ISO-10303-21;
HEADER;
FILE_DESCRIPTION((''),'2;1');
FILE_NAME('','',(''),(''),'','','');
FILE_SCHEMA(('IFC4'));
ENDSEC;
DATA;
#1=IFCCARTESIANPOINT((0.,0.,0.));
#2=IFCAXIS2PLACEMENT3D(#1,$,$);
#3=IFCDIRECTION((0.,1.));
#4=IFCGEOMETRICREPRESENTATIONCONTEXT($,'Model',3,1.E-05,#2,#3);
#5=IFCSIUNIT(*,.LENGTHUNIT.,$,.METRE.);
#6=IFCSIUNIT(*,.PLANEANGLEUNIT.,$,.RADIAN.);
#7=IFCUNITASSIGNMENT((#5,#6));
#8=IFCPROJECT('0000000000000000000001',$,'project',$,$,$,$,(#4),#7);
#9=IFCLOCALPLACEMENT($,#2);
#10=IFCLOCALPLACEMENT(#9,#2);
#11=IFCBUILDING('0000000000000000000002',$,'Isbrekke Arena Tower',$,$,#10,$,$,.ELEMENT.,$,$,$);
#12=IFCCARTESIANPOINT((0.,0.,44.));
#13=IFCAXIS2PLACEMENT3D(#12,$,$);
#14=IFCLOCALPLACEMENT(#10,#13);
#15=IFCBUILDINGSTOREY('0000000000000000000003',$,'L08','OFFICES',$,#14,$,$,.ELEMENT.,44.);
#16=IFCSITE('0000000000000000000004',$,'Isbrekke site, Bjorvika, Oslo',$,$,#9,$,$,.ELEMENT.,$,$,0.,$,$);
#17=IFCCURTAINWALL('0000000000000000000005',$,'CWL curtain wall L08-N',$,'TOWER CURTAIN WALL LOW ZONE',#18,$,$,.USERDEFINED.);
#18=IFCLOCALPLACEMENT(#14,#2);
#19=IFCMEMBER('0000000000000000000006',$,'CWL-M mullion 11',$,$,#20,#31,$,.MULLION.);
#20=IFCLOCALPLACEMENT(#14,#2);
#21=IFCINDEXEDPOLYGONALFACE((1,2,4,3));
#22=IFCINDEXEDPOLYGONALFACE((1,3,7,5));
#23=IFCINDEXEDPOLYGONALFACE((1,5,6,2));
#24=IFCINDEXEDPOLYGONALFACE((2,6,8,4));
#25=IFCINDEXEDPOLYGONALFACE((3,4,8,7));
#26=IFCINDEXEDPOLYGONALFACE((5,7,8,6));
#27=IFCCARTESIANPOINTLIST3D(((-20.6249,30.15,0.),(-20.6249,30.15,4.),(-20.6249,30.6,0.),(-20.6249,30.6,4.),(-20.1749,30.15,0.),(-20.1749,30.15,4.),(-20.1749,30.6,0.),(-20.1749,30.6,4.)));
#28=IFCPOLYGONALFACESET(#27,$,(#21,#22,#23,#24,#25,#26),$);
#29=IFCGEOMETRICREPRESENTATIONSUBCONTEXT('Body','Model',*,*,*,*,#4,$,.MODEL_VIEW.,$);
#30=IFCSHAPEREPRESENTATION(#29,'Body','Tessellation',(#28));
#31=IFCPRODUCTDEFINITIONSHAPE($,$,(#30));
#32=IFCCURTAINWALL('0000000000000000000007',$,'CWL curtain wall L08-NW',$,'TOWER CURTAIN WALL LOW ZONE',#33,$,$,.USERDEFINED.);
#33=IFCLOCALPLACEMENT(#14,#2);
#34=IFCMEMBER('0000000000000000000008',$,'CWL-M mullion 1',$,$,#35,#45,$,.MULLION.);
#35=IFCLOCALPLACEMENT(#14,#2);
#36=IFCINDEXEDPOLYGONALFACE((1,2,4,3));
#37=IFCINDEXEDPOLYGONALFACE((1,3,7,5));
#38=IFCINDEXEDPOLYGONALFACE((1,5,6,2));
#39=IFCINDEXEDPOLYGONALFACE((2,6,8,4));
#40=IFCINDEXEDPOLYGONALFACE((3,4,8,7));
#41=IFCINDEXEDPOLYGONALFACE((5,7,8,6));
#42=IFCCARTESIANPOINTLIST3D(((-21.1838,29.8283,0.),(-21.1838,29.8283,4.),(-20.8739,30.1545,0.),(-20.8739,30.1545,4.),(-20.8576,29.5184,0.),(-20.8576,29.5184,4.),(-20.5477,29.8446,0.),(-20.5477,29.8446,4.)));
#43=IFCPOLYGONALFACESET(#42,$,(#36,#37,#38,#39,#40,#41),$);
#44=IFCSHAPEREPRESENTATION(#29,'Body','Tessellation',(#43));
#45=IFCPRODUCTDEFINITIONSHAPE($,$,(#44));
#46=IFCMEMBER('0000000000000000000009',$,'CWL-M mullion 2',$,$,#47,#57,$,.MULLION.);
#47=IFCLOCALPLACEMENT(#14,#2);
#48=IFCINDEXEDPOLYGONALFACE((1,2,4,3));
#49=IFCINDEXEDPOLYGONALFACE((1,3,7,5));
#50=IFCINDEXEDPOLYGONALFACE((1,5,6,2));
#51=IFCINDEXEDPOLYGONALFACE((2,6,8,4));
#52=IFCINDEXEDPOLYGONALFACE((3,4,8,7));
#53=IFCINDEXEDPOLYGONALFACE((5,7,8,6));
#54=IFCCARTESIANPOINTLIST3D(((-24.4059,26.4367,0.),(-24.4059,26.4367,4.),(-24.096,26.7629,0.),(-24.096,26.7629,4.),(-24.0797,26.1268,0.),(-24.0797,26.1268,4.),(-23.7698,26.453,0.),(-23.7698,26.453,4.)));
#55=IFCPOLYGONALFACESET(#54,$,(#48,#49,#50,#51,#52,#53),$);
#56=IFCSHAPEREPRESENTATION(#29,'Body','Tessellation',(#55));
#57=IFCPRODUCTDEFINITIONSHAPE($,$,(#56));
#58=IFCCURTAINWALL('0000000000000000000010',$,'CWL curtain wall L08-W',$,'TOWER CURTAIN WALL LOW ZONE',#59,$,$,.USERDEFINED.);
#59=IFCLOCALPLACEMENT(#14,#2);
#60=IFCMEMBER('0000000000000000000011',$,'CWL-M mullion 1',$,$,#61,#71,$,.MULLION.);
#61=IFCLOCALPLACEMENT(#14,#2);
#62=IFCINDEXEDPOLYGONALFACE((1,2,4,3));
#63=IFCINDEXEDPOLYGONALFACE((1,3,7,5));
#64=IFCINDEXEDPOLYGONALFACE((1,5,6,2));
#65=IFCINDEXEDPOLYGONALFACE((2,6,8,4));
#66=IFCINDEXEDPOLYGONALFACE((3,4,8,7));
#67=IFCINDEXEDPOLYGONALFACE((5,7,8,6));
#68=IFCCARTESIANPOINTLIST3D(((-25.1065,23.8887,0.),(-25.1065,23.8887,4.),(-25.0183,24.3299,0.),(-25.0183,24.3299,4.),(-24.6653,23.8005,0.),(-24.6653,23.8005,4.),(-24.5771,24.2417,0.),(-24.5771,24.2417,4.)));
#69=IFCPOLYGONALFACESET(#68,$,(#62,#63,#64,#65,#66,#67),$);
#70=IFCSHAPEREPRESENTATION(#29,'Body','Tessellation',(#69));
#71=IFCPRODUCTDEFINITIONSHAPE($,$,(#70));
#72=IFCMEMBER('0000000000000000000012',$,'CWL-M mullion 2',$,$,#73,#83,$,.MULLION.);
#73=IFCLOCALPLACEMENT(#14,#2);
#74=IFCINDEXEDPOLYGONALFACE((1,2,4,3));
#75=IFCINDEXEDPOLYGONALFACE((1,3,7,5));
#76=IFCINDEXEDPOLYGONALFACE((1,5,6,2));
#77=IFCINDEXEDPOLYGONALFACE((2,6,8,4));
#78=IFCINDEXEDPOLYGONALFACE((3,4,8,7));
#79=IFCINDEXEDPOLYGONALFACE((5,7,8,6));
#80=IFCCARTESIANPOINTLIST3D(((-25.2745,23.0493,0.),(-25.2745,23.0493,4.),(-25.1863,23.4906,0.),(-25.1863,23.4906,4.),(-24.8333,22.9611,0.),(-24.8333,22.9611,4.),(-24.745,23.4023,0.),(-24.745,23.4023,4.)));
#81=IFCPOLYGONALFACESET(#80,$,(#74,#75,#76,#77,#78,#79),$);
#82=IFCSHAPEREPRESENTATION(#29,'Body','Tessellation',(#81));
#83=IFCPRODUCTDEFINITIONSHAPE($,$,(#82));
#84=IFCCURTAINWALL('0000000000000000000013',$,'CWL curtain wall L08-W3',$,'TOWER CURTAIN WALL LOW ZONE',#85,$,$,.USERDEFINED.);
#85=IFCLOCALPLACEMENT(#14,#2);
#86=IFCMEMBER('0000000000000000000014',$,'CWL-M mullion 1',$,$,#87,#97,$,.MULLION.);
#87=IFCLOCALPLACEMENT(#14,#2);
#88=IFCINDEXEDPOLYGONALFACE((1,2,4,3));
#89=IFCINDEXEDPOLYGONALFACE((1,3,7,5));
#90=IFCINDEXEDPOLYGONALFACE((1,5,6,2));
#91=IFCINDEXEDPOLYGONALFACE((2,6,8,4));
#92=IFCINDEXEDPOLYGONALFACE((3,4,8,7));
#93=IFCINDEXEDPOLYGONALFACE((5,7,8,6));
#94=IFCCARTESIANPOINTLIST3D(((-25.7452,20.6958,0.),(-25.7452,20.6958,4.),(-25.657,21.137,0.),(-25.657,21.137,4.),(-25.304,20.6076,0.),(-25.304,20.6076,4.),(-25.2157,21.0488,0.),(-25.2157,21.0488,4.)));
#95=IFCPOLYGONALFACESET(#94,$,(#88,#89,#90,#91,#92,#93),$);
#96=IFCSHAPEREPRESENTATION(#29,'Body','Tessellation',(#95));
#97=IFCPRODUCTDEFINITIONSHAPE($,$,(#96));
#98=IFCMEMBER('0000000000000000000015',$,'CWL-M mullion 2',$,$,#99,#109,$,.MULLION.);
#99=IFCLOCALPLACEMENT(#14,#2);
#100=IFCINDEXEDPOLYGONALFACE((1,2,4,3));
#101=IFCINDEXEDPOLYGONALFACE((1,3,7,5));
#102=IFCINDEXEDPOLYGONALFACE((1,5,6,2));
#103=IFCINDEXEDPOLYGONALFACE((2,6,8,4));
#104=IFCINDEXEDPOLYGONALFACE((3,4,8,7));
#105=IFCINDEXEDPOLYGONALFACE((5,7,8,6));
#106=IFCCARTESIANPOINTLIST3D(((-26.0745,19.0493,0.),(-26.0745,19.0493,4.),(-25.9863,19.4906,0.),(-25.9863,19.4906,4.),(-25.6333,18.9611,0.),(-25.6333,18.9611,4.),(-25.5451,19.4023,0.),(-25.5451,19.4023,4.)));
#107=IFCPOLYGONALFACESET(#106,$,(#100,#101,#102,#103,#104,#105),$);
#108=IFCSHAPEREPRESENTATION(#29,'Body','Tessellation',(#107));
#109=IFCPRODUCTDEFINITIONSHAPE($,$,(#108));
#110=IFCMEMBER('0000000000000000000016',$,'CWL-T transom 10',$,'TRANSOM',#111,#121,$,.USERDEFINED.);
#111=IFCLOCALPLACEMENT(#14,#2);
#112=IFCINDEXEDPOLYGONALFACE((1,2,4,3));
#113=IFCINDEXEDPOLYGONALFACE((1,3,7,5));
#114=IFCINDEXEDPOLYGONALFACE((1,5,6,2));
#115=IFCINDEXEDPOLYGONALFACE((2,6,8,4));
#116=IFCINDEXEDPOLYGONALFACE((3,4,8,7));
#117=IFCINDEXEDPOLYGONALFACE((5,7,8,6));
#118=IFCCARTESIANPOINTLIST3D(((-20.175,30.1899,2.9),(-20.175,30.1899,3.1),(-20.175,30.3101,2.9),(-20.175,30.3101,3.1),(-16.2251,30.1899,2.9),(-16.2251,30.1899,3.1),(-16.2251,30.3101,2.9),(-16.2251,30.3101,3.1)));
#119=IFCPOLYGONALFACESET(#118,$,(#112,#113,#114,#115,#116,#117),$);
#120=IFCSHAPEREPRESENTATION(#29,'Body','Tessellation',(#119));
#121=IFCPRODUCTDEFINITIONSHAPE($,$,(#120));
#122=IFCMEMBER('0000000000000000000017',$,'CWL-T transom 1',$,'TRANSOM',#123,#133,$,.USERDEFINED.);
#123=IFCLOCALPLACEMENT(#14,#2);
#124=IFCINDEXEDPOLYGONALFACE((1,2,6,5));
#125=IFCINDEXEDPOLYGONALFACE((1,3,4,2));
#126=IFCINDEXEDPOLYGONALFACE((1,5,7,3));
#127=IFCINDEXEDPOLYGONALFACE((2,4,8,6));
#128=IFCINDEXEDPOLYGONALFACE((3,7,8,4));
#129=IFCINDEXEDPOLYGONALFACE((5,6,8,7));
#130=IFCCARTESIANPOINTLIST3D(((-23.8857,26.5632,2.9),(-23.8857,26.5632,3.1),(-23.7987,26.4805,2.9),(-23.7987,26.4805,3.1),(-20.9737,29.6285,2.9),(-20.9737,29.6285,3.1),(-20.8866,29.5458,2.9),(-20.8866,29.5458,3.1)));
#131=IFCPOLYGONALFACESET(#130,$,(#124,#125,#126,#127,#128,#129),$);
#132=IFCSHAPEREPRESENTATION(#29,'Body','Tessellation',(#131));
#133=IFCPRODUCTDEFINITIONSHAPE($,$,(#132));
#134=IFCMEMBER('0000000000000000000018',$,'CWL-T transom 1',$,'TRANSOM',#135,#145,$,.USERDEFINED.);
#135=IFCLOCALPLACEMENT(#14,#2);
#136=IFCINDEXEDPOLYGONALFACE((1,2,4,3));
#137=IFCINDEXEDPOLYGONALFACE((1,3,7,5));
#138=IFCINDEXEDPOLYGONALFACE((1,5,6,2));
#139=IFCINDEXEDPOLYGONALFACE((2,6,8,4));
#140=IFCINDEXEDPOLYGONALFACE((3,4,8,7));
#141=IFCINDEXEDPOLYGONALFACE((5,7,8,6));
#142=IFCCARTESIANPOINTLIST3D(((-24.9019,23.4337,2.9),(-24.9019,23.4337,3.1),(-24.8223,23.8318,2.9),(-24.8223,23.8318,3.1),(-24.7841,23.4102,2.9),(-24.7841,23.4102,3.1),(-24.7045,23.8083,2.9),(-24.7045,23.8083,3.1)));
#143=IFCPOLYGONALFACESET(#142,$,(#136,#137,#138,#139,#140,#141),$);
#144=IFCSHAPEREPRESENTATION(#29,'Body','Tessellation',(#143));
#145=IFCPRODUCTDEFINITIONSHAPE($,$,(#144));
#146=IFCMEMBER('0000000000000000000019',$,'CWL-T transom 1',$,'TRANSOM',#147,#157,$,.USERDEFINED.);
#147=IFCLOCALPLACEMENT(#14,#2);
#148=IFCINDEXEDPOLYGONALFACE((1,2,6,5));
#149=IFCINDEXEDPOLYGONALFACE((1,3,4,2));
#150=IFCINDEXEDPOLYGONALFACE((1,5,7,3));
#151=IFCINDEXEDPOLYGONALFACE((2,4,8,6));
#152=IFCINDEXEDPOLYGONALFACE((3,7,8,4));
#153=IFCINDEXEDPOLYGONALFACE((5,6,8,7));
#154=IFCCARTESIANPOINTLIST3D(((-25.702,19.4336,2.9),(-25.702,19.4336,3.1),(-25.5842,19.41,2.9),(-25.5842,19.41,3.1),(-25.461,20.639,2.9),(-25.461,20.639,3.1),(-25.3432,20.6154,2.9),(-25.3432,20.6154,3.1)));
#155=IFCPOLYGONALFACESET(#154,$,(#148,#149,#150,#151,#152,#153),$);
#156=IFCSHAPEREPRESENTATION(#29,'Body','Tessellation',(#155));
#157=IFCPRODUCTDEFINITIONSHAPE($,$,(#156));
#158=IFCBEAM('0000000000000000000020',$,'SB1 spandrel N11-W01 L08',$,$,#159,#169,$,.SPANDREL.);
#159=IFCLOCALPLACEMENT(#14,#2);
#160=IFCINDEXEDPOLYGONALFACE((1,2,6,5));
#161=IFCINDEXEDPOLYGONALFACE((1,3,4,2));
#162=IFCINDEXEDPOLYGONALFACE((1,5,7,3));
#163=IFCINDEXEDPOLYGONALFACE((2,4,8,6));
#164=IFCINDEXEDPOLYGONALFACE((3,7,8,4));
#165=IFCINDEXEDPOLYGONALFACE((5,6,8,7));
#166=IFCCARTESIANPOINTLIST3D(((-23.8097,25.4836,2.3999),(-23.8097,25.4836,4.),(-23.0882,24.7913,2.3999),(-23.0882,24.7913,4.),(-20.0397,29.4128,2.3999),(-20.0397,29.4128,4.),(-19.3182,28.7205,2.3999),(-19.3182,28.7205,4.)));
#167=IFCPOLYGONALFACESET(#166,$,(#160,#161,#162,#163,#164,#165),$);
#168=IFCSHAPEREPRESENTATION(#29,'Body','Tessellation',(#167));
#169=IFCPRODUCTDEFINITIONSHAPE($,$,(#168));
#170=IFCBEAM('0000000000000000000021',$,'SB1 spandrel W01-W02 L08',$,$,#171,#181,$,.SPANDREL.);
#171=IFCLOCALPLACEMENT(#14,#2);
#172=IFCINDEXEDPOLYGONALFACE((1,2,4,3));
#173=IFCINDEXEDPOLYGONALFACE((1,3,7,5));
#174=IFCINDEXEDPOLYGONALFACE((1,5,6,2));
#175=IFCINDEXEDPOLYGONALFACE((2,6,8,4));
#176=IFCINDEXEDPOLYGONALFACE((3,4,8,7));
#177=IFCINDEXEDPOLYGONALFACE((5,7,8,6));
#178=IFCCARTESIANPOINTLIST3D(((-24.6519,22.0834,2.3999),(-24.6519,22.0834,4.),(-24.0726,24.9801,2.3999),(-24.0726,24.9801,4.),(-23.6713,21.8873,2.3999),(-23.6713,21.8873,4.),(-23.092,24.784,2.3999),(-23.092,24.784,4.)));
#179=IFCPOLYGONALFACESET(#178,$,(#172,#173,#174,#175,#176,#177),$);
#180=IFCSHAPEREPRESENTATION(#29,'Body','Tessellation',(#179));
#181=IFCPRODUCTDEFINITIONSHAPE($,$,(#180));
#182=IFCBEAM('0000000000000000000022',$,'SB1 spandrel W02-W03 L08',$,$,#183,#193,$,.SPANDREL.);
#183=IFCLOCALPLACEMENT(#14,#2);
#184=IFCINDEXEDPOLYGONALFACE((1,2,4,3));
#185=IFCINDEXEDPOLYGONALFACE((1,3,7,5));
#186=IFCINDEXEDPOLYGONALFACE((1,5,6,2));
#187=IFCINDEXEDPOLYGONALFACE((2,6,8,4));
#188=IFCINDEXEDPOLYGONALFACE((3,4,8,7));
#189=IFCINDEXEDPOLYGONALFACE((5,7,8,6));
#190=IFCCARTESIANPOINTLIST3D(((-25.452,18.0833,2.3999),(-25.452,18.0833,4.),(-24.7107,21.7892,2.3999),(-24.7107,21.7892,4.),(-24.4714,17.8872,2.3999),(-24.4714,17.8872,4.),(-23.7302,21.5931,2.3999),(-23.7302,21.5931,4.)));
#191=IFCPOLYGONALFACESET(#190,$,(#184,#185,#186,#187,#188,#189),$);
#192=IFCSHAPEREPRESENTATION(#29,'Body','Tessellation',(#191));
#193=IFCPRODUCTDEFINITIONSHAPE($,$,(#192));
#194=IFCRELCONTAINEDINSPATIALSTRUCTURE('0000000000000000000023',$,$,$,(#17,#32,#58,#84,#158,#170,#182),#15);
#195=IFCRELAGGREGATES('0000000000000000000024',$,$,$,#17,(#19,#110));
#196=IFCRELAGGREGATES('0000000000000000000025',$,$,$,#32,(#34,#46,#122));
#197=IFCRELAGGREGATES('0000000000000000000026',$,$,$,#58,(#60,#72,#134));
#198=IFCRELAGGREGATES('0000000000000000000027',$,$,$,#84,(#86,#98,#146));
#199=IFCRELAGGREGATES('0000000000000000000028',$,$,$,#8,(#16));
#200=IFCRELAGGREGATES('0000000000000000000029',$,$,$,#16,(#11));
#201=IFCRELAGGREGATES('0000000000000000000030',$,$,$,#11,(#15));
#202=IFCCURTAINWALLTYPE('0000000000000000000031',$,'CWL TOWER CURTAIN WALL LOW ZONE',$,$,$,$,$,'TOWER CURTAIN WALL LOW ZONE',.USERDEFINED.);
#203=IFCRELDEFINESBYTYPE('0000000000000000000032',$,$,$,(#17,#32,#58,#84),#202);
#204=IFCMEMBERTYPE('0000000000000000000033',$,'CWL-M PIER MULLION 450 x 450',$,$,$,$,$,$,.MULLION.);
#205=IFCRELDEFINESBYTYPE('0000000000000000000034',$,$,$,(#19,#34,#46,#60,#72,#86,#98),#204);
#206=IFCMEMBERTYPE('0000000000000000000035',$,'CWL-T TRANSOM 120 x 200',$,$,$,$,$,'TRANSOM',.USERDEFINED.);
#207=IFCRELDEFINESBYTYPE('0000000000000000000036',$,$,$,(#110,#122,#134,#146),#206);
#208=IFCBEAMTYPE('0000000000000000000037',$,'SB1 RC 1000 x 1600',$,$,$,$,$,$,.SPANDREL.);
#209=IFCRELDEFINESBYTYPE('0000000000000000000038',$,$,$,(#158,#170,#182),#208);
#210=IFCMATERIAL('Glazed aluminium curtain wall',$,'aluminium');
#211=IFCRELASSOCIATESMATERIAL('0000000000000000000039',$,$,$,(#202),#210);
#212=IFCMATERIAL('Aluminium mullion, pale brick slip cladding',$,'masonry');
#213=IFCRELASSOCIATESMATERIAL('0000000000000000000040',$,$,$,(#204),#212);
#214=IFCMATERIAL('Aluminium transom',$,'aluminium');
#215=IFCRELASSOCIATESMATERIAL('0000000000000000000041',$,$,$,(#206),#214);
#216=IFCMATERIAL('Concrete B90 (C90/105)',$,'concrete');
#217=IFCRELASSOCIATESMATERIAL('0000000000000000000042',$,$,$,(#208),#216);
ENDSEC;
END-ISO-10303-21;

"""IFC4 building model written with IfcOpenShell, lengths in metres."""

from ifc_helpers import new_model, si_unit, direction, frame, origin, origin_2d, place, context, subcontext, project, spatial, rectangle, extrude, material, material_profile, profile_set, type_object, element, aggregate, save


model = new_model("IFC4")

# Units and contexts
model_context = context("Model", 3, precision=1e-05, world=origin(), true_north=direction((0.0, 1.0)))
body_context = subcontext(model_context, "Body", "Model", "MODEL_VIEW")
ifc_project = project(units=[si_unit("LENGTHUNIT", "METRE"), si_unit("PLANEANGLEUNIT", "RADIAN")], contexts=[model_context])

# Site, building, storey
site_placement = place(None, origin())
site = spatial("IfcSite", under=ifc_project, at=site_placement, Name="Isbrekke site, Bjorvika, Oslo", CompositionType="ELEMENT", RefElevation=0.0)
building_placement = place(site_placement, origin())
building = spatial("IfcBuilding", under=site, at=building_placement, Name="Isbrekke Arena Tower", CompositionType="ELEMENT")
storey_placement = place(building_placement, frame((0.0, 0.0, 44.0)))
storey = spatial("IfcBuildingStorey", under=building, at=storey_placement, Name="L08", Description="OFFICES", CompositionType="ELEMENT", Elevation=44.0)

# Curtain wall, member
ifc_material_1 = material(Name="Glazed aluminium curtain wall", Category="aluminium")
curtain_wall_type = type_object("IfcCurtainWallType", Name="CWL TOWER CURTAIN WALL LOW ZONE", ElementType="TOWER CURTAIN WALL LOW ZONE", PredefinedType="USERDEFINED", material=ifc_material_1)
curtain_wall_1_placement = place(storey_placement, origin())
curtain_wall_1 = element("IfcCurtainWall", 1, at=curtain_wall_1_placement, inside=storey, type_object=curtain_wall_type, Name="CWL curtain wall L08-N", ObjectType="TOWER CURTAIN WALL LOW ZONE", PredefinedType="USERDEFINED")
ifc_material_2 = material(Name="Aluminium mullion, pale brick slip cladding", Category="masonry")
ifc_material_profile_1 = material_profile(ifc_material_2, rectangle(XDim=0.45, YDim=0.45, at=origin_2d()), Name="PIER 450X450")
ifc_profile_set_1 = profile_set([ifc_material_profile_1], Name="Aluminium mullion, pale brick slip cladding")
member_type_1 = type_object("IfcMemberType", Name="CWL-M PIER MULLION 450 x 450", PredefinedType="MULLION", material=ifc_profile_set_1)
member_1_placement = place(storey_placement, frame((-20.3999, 30.375, 0.0), z_axis=(0.0, 0.0, 1.0), x_axis=(-1.0, 0.0, 0.0)))
member_1 = element("IfcMember", 2, at=member_1_placement, type_object=member_type_1, Name="CWL-M mullion 11", PredefinedType="MULLION", context=body_context, shape_type="SweptSolid", body=[
    extrude(rectangle(XDim=0.45, YDim=0.45, at=origin_2d()), origin(), (0.0, 0.0, 1.0), 4.0),
])

# Curtain walls, members
curtain_wall_2_placement = place(storey_placement, origin())
curtain_wall_2 = element("IfcCurtainWall", 3, at=curtain_wall_2_placement, inside=storey, type_object=curtain_wall_type, Name="CWL curtain wall L08-NW", ObjectType="TOWER CURTAIN WALL LOW ZONE", PredefinedType="USERDEFINED")
member_2_placement = place(storey_placement, frame((-20.8657, 29.8364, 0.0), z_axis=(0.0, 0.0, 1.0), x_axis=(-0.688749, -0.724999, 0.0)))
member_2 = element("IfcMember", 4, at=member_2_placement, type_object=member_type_1, Name="CWL-M mullion 1", PredefinedType="MULLION", context=body_context, shape_type="SweptSolid", body=[
    extrude(rectangle(XDim=0.45, YDim=0.45, at=origin_2d()), origin(), (0.0, 0.0, 1.0), 4.0),
])
member_3_placement = place(storey_placement, frame((-24.0879, 26.4448, 0.0), z_axis=(0.0, 0.0, 1.0), x_axis=(-0.688749, -0.724999, 0.0)))
member_3 = element("IfcMember", 5, at=member_3_placement, type_object=member_type_1, Name="CWL-M mullion 2", PredefinedType="MULLION", context=body_context, shape_type="SweptSolid", body=[
    extrude(rectangle(XDim=0.45, YDim=0.45, at=origin_2d()), origin(), (0.0, 0.0, 1.0), 4.0),
])
curtain_wall_3_placement = place(storey_placement, origin())
curtain_wall_3 = element("IfcCurtainWall", 6, at=curtain_wall_3_placement, inside=storey, type_object=curtain_wall_type, Name="CWL curtain wall L08-W", ObjectType="TOWER CURTAIN WALL LOW ZONE", PredefinedType="USERDEFINED")
member_4_placement = place(storey_placement, frame((-24.8418, 24.0652, 0.0), z_axis=(0.0, 0.0, 1.0), x_axis=(-0.196116, -0.980581, 0.0)))
member_4 = element("IfcMember", 7, at=member_4_placement, type_object=member_type_1, Name="CWL-M mullion 1", PredefinedType="MULLION", context=body_context, shape_type="SweptSolid", body=[
    extrude(rectangle(XDim=0.45, YDim=0.45, at=origin_2d()), origin(), (0.0, 0.0, 1.0), 4.0),
])
member_5_placement = place(storey_placement, frame((-25.0098, 23.2258, 0.0), z_axis=(0.0, 0.0, 1.0), x_axis=(-0.196116, -0.980581, 0.0)))
member_5 = element("IfcMember", 8, at=member_5_placement, type_object=member_type_1, Name="CWL-M mullion 2", PredefinedType="MULLION", context=body_context, shape_type="SweptSolid", body=[
    extrude(rectangle(XDim=0.45, YDim=0.45, at=origin_2d()), origin(), (0.0, 0.0, 1.0), 4.0),
])
curtain_wall_4_placement = place(storey_placement, origin())
curtain_wall_4 = element("IfcCurtainWall", 9, at=curtain_wall_4_placement, inside=storey, type_object=curtain_wall_type, Name="CWL curtain wall L08-W3", ObjectType="TOWER CURTAIN WALL LOW ZONE", PredefinedType="USERDEFINED")
member_6_placement = place(storey_placement, frame((-25.4805, 20.8723, 0.0), z_axis=(0.0, 0.0, 1.0), x_axis=(-0.196116, -0.980581, 0.0)))
member_6 = element("IfcMember", 10, at=member_6_placement, type_object=member_type_1, Name="CWL-M mullion 1", PredefinedType="MULLION", context=body_context, shape_type="SweptSolid", body=[
    extrude(rectangle(XDim=0.45, YDim=0.45, at=origin_2d()), origin(), (0.0, 0.0, 1.0), 4.0),
])
member_7_placement = place(storey_placement, frame((-25.8098, 19.2258, 0.0), z_axis=(0.0, 0.0, 1.0), x_axis=(-0.196116, -0.980581, 0.0)))
member_7 = element("IfcMember", 11, at=member_7_placement, type_object=member_type_1, Name="CWL-M mullion 2", PredefinedType="MULLION", context=body_context, shape_type="SweptSolid", body=[
    extrude(rectangle(XDim=0.45, YDim=0.45, at=origin_2d()), origin(), (0.0, 0.0, 1.0), 4.0),
])

# Members
ifc_material_3 = material(Name="Aluminium transom", Category="aluminium")
ifc_material_profile_2 = material_profile(ifc_material_3, rectangle(XDim=0.1201, YDim=0.2, at=origin_2d()), Name="TRANSOM 120X200")
ifc_profile_set_2 = profile_set([ifc_material_profile_2], Name="Aluminium transom")
member_type_2 = type_object("IfcMemberType", Name="CWL-T TRANSOM 120 x 200", ElementType="TRANSOM", PredefinedType="USERDEFINED", material=ifc_profile_set_2)
member_8_placement = place(storey_placement, frame((-16.2251, 30.25, 3.0), z_axis=(-1.0, 0.0, 0.0), x_axis=(0.0, -1.0, 0.0)))
member_8 = element("IfcMember", 12, at=member_8_placement, type_object=member_type_2, Name="CWL-T transom 10", ObjectType="TRANSOM", PredefinedType="USERDEFINED", context=body_context, shape_type="SweptSolid", body=[
    extrude(rectangle(XDim=0.1201, YDim=0.2, at=origin_2d()), origin(), (0.0, 0.0, 1.0), 3.95),
])
member_9_placement = place(storey_placement, frame((-20.9302, 29.5872, 3.0), z_axis=(-0.688743, -0.725005, 0.0), x_axis=(0.725005, -0.688743, 0.0)))
member_9 = element("IfcMember", 13, at=member_9_placement, type_object=member_type_2, Name="CWL-T transom 1", ObjectType="TRANSOM", PredefinedType="USERDEFINED", context=body_context, shape_type="SweptSolid", body=[
    extrude(rectangle(XDim=0.1201, YDim=0.2, at=origin_2d()), origin(), (0.0, 0.0, 1.0), 4.228),
])
member_10_placement = place(storey_placement, frame((-24.7634, 23.8201, 3.0), z_axis=(-0.196001, -0.980604, 0.0), x_axis=(0.980604, -0.196001, 0.0)))
member_10 = element("IfcMember", 14, at=member_10_placement, type_object=member_type_2, Name="CWL-T transom 1", ObjectType="TRANSOM", PredefinedType="USERDEFINED", context=body_context, shape_type="SweptSolid", body=[
    extrude(rectangle(XDim=0.1201, YDim=0.2, at=origin_2d()), origin(), (0.0, 0.0, 1.0), 0.406),
])
member_11_placement = place(storey_placement, frame((-25.4021, 20.6272, 3.0), z_axis=(-0.19604, -0.980596, 0.0), x_axis=(0.980596, -0.19604, 0.0)))
member_11 = element("IfcMember", 15, at=member_11_placement, type_object=member_type_2, Name="CWL-T transom 1", ObjectType="TRANSOM", PredefinedType="USERDEFINED", context=body_context, shape_type="SweptSolid", body=[
    extrude(rectangle(XDim=0.1201, YDim=0.2, at=origin_2d()), origin(), (0.0, 0.0, 1.0), 1.2292),
])

# Beams
ifc_material_4 = material(Name="Concrete B90 (C90/105)", Category="concrete")
ifc_material_profile_3 = material_profile(ifc_material_4, rectangle(XDim=1.0, YDim=1.6001, at=origin_2d()), Name="RC 1000x1600")
ifc_profile_set_3 = profile_set([ifc_material_profile_3], Name="Concrete B90 (C90/105)")
beam_type_1 = type_object("IfcBeamType", Name="SB1 RC 1000 x 1600", PredefinedType="SPANDREL", material=ifc_profile_set_3)
beam_1_placement = place(storey_placement, frame((-19.679, 29.0667, 3.2), z_axis=(-0.69234, -0.721572, 0.0), x_axis=(0.721572, -0.69234, 0.0)))
element("IfcBeam", 16, at=beam_1_placement, inside=storey, type_object=beam_type_1, Name="SB1 spandrel N11-W01 L08", PredefinedType="SPANDREL", context=body_context, shape_type="SweptSolid", body=[
    extrude(rectangle(XDim=1.0, YDim=1.6001, at=origin_2d()), origin(), (0.0, 0.0, 1.0), 5.4453),
])
beam_2_placement = place(storey_placement, frame((-23.5823, 24.8821, 3.2), z_axis=(-0.196116, -0.980581, 0.0), x_axis=(0.980581, -0.196116, 0.0)))
element("IfcBeam", 17, at=beam_2_placement, inside=storey, type_object=beam_type_1, Name="SB1 spandrel W01-W02 L08", PredefinedType="SPANDREL", context=body_context, shape_type="SweptSolid", body=[
    extrude(rectangle(XDim=1.0, YDim=1.6001, at=origin_2d()), origin(), (0.0, 0.0, 1.0), 2.9541),
])
beam_3_placement = place(storey_placement, frame((-24.2205, 21.6912, 3.2), z_axis=(-0.196129, -0.980578, 0.0), x_axis=(0.980578, -0.196129, 0.0)))
element("IfcBeam", 18, at=beam_3_placement, inside=storey, type_object=beam_type_1, Name="SB1 spandrel W02-W03 L08", PredefinedType="SPANDREL", context=body_context, shape_type="SweptSolid", body=[
    extrude(rectangle(XDim=1.0, YDim=1.6001, at=origin_2d()), origin(), (0.0, 0.0, 1.0), 3.7793),
])

aggregate(curtain_wall_1, [member_1, member_8])
aggregate(curtain_wall_2, [member_2, member_3, member_9])
aggregate(curtain_wall_3, [member_4, member_5, member_10])
aggregate(curtain_wall_4, [member_6, member_7, member_11])

save(model, "model.ifc")
